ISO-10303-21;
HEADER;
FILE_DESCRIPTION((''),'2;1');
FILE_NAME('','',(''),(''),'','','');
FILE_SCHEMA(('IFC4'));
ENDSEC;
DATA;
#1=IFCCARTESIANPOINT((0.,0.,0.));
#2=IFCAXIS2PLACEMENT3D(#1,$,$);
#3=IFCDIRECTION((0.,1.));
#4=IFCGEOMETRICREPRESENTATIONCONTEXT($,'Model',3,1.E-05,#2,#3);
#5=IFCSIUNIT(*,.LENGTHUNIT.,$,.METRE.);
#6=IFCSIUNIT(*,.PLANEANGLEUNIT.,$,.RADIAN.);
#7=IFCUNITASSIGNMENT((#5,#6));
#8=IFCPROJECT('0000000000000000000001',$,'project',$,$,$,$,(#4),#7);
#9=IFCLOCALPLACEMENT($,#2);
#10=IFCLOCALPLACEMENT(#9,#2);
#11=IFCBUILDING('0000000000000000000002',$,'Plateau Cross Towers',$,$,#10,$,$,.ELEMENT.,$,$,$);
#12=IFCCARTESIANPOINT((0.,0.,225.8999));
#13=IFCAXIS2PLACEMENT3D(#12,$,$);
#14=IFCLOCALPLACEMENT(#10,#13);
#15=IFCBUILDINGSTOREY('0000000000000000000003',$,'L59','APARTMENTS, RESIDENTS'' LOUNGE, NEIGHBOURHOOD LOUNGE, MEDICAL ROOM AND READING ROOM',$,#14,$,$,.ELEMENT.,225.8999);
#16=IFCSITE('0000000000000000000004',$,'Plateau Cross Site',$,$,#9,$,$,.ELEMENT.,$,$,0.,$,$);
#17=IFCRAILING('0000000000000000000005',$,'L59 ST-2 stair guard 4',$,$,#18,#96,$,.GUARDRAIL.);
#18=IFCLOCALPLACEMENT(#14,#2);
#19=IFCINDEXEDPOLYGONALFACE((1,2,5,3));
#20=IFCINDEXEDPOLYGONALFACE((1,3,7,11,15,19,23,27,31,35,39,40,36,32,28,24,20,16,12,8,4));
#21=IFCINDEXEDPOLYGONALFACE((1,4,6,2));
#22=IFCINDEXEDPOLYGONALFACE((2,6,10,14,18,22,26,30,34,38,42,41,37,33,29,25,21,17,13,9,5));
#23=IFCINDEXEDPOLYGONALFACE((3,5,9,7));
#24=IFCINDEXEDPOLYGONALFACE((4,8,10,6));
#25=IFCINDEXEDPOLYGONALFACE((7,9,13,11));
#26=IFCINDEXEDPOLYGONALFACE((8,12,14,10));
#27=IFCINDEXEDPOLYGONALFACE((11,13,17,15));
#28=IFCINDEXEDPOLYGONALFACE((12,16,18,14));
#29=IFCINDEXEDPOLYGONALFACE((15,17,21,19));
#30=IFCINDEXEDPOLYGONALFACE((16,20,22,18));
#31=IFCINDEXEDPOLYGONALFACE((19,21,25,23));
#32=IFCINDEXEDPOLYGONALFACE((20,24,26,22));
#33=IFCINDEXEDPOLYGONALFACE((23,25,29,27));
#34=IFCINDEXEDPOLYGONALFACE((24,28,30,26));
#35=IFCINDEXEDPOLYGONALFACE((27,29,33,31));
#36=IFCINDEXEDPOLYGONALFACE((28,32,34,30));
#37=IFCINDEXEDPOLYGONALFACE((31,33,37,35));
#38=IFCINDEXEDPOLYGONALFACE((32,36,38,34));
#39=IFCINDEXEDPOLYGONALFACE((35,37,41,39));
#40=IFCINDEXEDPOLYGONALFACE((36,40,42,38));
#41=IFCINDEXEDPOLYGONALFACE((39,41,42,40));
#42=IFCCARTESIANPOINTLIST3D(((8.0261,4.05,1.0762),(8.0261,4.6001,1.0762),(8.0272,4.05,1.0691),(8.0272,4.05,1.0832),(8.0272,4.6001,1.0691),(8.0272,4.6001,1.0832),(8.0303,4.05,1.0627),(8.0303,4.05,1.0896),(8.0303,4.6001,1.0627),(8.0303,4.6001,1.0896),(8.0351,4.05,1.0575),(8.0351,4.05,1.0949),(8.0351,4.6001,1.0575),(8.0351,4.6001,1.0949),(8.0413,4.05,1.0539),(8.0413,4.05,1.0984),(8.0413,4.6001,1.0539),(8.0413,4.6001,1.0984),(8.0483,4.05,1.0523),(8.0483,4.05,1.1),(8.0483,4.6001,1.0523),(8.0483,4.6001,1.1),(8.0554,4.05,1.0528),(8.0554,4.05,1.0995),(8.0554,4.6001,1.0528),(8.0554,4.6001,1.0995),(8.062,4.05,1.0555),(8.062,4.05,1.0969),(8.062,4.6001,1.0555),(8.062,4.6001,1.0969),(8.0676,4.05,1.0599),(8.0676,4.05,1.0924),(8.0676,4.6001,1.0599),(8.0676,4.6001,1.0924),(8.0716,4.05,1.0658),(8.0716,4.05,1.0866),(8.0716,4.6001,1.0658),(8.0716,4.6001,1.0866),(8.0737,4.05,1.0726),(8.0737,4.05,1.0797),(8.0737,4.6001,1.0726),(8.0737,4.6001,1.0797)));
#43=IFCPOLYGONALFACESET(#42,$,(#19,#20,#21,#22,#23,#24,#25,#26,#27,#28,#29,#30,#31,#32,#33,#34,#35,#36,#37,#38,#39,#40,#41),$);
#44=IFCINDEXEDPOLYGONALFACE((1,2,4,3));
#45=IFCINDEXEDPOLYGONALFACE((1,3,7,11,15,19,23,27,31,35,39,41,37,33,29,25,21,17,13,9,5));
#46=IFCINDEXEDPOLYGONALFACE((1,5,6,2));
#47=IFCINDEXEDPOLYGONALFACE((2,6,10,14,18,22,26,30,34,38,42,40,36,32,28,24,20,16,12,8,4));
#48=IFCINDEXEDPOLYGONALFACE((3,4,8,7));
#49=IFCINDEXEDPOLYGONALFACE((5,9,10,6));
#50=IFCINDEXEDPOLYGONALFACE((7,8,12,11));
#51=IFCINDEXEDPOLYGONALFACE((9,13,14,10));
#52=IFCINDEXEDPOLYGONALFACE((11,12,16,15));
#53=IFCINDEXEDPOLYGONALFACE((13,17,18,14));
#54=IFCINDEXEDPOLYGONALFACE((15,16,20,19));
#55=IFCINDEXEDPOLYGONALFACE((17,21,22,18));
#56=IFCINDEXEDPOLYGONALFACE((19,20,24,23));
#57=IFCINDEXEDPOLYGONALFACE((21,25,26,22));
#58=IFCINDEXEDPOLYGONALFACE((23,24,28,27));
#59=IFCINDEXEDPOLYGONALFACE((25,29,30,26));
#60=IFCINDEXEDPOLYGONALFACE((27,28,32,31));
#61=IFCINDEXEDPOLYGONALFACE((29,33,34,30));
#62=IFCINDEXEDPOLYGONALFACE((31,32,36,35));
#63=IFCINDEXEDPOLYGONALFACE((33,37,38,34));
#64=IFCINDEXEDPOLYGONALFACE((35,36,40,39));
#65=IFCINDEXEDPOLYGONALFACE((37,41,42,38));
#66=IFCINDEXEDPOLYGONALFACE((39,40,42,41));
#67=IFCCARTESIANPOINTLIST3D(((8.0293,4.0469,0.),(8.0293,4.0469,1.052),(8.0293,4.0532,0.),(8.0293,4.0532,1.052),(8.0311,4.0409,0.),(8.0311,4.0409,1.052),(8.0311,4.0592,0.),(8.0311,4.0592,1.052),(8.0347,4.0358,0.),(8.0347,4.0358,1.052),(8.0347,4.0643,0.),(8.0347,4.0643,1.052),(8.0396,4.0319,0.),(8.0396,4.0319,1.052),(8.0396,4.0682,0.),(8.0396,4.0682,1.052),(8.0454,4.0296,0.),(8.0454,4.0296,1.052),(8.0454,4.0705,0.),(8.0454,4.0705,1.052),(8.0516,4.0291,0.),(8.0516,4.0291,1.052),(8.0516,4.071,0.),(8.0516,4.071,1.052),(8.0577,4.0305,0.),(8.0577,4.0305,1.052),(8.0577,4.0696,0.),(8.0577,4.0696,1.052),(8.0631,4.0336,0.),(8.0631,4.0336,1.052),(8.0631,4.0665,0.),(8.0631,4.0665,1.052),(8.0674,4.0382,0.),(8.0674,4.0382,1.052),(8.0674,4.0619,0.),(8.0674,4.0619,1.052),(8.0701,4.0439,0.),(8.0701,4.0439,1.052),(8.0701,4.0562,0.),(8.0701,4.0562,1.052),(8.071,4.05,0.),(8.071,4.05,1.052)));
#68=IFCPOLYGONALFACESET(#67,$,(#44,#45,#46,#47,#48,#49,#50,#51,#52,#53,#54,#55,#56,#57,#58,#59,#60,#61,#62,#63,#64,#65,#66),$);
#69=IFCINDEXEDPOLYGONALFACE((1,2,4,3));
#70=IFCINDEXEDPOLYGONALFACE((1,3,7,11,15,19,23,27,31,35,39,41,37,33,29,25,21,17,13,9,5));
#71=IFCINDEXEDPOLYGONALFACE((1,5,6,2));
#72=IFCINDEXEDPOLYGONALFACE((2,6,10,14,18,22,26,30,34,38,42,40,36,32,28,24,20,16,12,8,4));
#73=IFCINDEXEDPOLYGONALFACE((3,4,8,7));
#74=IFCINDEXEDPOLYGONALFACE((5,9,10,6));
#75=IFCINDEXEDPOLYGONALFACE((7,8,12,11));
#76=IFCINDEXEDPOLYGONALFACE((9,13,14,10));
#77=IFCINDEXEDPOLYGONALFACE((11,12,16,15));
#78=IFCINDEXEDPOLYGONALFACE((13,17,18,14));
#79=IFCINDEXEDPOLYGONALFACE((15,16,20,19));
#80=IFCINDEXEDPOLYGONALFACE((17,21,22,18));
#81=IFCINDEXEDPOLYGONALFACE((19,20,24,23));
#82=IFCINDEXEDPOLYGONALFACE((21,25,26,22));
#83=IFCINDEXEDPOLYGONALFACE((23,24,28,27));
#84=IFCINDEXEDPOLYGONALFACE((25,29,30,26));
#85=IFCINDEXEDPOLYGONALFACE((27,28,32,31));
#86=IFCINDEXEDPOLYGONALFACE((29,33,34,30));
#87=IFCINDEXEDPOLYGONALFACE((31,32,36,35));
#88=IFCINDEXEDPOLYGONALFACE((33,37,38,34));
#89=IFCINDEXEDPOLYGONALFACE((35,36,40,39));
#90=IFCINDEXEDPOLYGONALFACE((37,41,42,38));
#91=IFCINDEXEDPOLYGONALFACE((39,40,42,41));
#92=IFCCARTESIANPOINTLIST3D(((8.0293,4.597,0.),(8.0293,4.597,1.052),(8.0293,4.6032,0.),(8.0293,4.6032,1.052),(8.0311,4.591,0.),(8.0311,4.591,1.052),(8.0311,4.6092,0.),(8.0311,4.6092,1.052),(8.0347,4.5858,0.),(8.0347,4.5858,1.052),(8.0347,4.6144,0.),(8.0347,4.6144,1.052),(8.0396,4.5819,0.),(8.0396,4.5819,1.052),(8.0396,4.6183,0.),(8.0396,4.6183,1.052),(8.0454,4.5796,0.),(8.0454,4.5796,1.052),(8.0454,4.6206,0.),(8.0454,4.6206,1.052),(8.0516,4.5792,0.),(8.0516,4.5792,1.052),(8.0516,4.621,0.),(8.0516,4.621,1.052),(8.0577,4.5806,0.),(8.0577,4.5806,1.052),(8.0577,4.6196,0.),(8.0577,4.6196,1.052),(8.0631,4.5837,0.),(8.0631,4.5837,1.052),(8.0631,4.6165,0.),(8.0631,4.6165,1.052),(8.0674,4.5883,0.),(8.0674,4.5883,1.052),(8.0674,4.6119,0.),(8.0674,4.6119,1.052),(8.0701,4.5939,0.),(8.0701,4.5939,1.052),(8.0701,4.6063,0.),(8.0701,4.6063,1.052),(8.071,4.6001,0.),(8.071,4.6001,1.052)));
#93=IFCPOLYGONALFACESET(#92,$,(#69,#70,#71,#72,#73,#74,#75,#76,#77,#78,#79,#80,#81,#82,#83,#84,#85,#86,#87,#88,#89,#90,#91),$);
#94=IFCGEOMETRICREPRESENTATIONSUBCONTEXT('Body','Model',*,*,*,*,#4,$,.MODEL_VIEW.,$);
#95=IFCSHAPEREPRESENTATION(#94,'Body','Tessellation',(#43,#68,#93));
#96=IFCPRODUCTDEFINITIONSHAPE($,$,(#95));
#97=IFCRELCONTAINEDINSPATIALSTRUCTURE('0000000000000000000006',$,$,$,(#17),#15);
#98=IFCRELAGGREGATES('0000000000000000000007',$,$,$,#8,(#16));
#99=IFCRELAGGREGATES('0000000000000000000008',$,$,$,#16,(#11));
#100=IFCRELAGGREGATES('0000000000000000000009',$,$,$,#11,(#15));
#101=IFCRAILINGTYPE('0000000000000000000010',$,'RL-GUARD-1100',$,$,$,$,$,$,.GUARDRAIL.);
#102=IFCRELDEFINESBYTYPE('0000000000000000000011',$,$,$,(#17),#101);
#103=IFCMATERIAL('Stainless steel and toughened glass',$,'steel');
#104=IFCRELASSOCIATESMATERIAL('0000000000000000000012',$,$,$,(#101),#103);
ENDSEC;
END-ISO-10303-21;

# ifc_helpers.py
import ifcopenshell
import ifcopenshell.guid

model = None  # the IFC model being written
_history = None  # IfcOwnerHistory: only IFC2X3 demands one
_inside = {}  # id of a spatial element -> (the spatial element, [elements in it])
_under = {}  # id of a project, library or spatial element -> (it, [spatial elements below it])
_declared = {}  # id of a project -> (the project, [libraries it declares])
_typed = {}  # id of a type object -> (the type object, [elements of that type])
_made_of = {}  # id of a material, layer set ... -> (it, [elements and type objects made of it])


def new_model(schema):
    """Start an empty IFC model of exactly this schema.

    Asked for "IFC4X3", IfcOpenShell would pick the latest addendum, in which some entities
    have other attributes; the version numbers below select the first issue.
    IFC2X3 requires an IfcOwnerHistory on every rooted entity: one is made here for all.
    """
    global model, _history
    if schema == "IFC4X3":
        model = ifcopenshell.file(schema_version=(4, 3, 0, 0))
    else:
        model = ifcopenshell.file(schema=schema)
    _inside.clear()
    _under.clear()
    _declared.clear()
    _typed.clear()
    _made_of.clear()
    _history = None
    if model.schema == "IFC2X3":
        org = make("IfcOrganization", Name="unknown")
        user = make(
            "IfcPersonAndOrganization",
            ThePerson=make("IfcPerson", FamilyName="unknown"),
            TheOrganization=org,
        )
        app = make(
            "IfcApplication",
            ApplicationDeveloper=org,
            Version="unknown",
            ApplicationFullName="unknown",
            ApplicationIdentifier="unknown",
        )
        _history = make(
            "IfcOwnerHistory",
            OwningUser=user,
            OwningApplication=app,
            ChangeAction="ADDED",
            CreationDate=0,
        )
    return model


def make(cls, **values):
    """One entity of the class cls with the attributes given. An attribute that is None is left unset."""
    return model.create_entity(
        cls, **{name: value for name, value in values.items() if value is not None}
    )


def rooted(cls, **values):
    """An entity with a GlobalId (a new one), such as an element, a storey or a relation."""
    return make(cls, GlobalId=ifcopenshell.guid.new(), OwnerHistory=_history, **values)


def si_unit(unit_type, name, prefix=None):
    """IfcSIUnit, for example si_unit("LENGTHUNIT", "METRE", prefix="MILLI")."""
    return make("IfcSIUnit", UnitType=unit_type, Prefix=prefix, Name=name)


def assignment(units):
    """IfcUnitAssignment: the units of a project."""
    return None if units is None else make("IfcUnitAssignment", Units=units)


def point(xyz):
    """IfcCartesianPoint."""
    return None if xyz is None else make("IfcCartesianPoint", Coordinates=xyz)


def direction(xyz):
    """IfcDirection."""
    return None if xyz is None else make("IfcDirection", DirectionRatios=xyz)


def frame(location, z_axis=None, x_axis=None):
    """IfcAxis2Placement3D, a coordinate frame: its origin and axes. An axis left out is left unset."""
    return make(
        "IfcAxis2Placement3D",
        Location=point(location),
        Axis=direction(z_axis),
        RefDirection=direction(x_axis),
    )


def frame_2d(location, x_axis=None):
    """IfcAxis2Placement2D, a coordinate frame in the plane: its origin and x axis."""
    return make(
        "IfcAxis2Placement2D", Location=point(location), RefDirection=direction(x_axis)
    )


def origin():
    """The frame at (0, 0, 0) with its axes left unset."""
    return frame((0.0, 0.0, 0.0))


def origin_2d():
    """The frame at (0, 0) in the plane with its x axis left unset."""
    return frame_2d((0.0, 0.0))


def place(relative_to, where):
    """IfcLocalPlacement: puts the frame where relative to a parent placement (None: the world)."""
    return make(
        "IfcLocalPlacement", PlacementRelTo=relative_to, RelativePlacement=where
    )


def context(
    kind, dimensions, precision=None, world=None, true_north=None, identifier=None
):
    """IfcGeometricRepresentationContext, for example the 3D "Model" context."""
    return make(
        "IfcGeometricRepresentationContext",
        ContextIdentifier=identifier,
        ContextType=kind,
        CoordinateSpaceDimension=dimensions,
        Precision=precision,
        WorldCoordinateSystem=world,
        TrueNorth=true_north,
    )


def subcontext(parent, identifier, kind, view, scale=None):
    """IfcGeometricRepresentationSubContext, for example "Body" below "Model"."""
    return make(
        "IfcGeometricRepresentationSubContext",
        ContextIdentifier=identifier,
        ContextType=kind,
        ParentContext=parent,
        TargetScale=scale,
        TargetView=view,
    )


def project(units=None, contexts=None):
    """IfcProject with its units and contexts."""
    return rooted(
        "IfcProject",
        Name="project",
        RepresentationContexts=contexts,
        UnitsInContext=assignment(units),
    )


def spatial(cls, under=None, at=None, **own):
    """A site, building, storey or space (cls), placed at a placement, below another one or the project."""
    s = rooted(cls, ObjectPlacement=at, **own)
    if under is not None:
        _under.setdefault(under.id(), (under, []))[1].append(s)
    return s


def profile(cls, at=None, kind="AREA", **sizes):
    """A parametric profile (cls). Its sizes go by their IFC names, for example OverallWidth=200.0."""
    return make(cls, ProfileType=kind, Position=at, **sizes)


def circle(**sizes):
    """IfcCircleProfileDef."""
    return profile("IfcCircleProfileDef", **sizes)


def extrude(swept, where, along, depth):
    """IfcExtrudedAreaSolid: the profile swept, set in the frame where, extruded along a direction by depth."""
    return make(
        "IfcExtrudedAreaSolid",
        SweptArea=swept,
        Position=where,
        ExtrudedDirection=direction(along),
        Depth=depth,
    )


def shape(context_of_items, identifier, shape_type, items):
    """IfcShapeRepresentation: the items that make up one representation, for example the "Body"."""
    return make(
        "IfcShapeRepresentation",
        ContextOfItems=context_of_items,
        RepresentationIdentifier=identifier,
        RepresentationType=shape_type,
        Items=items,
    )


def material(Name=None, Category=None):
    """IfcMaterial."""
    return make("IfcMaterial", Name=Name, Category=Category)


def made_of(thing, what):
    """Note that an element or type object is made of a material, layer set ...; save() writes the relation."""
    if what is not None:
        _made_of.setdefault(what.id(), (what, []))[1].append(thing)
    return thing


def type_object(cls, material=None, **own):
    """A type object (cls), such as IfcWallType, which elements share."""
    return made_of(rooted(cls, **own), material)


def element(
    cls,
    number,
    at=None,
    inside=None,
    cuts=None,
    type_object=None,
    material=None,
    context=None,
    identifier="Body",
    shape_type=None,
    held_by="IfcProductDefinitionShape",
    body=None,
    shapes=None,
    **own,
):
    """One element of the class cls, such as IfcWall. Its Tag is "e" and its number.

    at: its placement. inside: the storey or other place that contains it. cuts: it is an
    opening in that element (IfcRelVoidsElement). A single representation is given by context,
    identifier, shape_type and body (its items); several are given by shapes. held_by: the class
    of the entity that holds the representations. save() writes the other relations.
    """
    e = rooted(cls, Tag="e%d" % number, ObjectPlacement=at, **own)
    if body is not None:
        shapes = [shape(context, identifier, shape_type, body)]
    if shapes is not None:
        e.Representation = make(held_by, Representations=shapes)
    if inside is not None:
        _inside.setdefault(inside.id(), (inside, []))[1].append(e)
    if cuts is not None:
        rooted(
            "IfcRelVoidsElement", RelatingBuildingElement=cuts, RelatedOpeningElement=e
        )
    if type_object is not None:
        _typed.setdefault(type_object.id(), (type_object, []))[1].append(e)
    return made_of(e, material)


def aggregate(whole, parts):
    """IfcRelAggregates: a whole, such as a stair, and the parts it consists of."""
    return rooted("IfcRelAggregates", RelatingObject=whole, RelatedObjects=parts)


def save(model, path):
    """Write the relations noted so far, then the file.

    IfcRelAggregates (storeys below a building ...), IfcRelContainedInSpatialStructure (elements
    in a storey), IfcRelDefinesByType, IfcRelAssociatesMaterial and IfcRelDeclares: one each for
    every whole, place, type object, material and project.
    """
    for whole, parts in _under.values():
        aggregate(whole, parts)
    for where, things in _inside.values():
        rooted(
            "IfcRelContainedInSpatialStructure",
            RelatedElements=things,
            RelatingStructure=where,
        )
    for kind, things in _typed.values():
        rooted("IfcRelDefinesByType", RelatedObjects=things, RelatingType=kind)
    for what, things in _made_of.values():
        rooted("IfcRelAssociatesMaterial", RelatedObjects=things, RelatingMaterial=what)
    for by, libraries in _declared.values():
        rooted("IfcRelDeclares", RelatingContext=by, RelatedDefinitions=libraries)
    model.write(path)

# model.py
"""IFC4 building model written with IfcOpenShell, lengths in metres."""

from ifc_helpers import new_model, si_unit, direction, frame, origin, origin_2d, place, context, subcontext, project, spatial, circle, extrude, material, type_object, element, save


model = new_model("IFC4")

# Units and contexts
model_context = context("Model", 3, precision=1e-05, world=origin(), true_north=direction((0.0, 1.0)))
body_context = subcontext(model_context, "Body", "Model", "MODEL_VIEW")
ifc_project = project(units=[si_unit("LENGTHUNIT", "METRE"), si_unit("PLANEANGLEUNIT", "RADIAN")], contexts=[model_context])

# Site, building, storey
site_placement = place(None, origin())
site = spatial("IfcSite", under=ifc_project, at=site_placement, Name="Plateau Cross Site", CompositionType="ELEMENT", RefElevation=0.0)
building_placement = place(site_placement, origin())
building = spatial("IfcBuilding", under=site, at=building_placement, Name="Plateau Cross Towers", CompositionType="ELEMENT")
storey_placement = place(building_placement, frame((0.0, 0.0, 225.8999)))
storey = spatial("IfcBuildingStorey", under=building, at=storey_placement, Name="L59", Description="APARTMENTS, RESIDENTS' LOUNGE, NEIGHBOURHOOD LOUNGE, MEDICAL ROOM AND READING ROOM", CompositionType="ELEMENT", Elevation=225.8999)

# Railing
ifc_material_1 = material(Name="Stainless steel and toughened glass", Category="steel")
railing_type_1 = type_object("IfcRailingType", Name="RL-GUARD-1100", PredefinedType="GUARDRAIL", material=ifc_material_1)
for number, where, name in (
    (1, (8.05, 4.05, 0.0), "L59 ST-2 stair guard 4"),
):
    element("IfcRailing", number, at=place(storey_placement, frame(where)), inside=storey, type_object=railing_type_1, Name=name, PredefinedType="GUARDRAIL", context=body_context, shape_type="SweptSolid", body=[
        extrude(circle(Radius=0.0239, at=origin_2d()), frame((0.0, 0.0, 1.0762), z_axis=(0.0, 1.0, 0.0), x_axis=(-1.0, 0.0, 0.0)), (0.0, 0.0, 1.0), 0.55),
        extrude(circle(Radius=0.021, at=origin_2d()), origin(), (0.0, 0.0, 1.0), 1.052),
        extrude(circle(Radius=0.021, at=origin_2d()), frame((0.0, 0.55, 0.0)), (0.0, 0.0, 1.0), 1.052),
    ])

save(model, "model.ifc")
